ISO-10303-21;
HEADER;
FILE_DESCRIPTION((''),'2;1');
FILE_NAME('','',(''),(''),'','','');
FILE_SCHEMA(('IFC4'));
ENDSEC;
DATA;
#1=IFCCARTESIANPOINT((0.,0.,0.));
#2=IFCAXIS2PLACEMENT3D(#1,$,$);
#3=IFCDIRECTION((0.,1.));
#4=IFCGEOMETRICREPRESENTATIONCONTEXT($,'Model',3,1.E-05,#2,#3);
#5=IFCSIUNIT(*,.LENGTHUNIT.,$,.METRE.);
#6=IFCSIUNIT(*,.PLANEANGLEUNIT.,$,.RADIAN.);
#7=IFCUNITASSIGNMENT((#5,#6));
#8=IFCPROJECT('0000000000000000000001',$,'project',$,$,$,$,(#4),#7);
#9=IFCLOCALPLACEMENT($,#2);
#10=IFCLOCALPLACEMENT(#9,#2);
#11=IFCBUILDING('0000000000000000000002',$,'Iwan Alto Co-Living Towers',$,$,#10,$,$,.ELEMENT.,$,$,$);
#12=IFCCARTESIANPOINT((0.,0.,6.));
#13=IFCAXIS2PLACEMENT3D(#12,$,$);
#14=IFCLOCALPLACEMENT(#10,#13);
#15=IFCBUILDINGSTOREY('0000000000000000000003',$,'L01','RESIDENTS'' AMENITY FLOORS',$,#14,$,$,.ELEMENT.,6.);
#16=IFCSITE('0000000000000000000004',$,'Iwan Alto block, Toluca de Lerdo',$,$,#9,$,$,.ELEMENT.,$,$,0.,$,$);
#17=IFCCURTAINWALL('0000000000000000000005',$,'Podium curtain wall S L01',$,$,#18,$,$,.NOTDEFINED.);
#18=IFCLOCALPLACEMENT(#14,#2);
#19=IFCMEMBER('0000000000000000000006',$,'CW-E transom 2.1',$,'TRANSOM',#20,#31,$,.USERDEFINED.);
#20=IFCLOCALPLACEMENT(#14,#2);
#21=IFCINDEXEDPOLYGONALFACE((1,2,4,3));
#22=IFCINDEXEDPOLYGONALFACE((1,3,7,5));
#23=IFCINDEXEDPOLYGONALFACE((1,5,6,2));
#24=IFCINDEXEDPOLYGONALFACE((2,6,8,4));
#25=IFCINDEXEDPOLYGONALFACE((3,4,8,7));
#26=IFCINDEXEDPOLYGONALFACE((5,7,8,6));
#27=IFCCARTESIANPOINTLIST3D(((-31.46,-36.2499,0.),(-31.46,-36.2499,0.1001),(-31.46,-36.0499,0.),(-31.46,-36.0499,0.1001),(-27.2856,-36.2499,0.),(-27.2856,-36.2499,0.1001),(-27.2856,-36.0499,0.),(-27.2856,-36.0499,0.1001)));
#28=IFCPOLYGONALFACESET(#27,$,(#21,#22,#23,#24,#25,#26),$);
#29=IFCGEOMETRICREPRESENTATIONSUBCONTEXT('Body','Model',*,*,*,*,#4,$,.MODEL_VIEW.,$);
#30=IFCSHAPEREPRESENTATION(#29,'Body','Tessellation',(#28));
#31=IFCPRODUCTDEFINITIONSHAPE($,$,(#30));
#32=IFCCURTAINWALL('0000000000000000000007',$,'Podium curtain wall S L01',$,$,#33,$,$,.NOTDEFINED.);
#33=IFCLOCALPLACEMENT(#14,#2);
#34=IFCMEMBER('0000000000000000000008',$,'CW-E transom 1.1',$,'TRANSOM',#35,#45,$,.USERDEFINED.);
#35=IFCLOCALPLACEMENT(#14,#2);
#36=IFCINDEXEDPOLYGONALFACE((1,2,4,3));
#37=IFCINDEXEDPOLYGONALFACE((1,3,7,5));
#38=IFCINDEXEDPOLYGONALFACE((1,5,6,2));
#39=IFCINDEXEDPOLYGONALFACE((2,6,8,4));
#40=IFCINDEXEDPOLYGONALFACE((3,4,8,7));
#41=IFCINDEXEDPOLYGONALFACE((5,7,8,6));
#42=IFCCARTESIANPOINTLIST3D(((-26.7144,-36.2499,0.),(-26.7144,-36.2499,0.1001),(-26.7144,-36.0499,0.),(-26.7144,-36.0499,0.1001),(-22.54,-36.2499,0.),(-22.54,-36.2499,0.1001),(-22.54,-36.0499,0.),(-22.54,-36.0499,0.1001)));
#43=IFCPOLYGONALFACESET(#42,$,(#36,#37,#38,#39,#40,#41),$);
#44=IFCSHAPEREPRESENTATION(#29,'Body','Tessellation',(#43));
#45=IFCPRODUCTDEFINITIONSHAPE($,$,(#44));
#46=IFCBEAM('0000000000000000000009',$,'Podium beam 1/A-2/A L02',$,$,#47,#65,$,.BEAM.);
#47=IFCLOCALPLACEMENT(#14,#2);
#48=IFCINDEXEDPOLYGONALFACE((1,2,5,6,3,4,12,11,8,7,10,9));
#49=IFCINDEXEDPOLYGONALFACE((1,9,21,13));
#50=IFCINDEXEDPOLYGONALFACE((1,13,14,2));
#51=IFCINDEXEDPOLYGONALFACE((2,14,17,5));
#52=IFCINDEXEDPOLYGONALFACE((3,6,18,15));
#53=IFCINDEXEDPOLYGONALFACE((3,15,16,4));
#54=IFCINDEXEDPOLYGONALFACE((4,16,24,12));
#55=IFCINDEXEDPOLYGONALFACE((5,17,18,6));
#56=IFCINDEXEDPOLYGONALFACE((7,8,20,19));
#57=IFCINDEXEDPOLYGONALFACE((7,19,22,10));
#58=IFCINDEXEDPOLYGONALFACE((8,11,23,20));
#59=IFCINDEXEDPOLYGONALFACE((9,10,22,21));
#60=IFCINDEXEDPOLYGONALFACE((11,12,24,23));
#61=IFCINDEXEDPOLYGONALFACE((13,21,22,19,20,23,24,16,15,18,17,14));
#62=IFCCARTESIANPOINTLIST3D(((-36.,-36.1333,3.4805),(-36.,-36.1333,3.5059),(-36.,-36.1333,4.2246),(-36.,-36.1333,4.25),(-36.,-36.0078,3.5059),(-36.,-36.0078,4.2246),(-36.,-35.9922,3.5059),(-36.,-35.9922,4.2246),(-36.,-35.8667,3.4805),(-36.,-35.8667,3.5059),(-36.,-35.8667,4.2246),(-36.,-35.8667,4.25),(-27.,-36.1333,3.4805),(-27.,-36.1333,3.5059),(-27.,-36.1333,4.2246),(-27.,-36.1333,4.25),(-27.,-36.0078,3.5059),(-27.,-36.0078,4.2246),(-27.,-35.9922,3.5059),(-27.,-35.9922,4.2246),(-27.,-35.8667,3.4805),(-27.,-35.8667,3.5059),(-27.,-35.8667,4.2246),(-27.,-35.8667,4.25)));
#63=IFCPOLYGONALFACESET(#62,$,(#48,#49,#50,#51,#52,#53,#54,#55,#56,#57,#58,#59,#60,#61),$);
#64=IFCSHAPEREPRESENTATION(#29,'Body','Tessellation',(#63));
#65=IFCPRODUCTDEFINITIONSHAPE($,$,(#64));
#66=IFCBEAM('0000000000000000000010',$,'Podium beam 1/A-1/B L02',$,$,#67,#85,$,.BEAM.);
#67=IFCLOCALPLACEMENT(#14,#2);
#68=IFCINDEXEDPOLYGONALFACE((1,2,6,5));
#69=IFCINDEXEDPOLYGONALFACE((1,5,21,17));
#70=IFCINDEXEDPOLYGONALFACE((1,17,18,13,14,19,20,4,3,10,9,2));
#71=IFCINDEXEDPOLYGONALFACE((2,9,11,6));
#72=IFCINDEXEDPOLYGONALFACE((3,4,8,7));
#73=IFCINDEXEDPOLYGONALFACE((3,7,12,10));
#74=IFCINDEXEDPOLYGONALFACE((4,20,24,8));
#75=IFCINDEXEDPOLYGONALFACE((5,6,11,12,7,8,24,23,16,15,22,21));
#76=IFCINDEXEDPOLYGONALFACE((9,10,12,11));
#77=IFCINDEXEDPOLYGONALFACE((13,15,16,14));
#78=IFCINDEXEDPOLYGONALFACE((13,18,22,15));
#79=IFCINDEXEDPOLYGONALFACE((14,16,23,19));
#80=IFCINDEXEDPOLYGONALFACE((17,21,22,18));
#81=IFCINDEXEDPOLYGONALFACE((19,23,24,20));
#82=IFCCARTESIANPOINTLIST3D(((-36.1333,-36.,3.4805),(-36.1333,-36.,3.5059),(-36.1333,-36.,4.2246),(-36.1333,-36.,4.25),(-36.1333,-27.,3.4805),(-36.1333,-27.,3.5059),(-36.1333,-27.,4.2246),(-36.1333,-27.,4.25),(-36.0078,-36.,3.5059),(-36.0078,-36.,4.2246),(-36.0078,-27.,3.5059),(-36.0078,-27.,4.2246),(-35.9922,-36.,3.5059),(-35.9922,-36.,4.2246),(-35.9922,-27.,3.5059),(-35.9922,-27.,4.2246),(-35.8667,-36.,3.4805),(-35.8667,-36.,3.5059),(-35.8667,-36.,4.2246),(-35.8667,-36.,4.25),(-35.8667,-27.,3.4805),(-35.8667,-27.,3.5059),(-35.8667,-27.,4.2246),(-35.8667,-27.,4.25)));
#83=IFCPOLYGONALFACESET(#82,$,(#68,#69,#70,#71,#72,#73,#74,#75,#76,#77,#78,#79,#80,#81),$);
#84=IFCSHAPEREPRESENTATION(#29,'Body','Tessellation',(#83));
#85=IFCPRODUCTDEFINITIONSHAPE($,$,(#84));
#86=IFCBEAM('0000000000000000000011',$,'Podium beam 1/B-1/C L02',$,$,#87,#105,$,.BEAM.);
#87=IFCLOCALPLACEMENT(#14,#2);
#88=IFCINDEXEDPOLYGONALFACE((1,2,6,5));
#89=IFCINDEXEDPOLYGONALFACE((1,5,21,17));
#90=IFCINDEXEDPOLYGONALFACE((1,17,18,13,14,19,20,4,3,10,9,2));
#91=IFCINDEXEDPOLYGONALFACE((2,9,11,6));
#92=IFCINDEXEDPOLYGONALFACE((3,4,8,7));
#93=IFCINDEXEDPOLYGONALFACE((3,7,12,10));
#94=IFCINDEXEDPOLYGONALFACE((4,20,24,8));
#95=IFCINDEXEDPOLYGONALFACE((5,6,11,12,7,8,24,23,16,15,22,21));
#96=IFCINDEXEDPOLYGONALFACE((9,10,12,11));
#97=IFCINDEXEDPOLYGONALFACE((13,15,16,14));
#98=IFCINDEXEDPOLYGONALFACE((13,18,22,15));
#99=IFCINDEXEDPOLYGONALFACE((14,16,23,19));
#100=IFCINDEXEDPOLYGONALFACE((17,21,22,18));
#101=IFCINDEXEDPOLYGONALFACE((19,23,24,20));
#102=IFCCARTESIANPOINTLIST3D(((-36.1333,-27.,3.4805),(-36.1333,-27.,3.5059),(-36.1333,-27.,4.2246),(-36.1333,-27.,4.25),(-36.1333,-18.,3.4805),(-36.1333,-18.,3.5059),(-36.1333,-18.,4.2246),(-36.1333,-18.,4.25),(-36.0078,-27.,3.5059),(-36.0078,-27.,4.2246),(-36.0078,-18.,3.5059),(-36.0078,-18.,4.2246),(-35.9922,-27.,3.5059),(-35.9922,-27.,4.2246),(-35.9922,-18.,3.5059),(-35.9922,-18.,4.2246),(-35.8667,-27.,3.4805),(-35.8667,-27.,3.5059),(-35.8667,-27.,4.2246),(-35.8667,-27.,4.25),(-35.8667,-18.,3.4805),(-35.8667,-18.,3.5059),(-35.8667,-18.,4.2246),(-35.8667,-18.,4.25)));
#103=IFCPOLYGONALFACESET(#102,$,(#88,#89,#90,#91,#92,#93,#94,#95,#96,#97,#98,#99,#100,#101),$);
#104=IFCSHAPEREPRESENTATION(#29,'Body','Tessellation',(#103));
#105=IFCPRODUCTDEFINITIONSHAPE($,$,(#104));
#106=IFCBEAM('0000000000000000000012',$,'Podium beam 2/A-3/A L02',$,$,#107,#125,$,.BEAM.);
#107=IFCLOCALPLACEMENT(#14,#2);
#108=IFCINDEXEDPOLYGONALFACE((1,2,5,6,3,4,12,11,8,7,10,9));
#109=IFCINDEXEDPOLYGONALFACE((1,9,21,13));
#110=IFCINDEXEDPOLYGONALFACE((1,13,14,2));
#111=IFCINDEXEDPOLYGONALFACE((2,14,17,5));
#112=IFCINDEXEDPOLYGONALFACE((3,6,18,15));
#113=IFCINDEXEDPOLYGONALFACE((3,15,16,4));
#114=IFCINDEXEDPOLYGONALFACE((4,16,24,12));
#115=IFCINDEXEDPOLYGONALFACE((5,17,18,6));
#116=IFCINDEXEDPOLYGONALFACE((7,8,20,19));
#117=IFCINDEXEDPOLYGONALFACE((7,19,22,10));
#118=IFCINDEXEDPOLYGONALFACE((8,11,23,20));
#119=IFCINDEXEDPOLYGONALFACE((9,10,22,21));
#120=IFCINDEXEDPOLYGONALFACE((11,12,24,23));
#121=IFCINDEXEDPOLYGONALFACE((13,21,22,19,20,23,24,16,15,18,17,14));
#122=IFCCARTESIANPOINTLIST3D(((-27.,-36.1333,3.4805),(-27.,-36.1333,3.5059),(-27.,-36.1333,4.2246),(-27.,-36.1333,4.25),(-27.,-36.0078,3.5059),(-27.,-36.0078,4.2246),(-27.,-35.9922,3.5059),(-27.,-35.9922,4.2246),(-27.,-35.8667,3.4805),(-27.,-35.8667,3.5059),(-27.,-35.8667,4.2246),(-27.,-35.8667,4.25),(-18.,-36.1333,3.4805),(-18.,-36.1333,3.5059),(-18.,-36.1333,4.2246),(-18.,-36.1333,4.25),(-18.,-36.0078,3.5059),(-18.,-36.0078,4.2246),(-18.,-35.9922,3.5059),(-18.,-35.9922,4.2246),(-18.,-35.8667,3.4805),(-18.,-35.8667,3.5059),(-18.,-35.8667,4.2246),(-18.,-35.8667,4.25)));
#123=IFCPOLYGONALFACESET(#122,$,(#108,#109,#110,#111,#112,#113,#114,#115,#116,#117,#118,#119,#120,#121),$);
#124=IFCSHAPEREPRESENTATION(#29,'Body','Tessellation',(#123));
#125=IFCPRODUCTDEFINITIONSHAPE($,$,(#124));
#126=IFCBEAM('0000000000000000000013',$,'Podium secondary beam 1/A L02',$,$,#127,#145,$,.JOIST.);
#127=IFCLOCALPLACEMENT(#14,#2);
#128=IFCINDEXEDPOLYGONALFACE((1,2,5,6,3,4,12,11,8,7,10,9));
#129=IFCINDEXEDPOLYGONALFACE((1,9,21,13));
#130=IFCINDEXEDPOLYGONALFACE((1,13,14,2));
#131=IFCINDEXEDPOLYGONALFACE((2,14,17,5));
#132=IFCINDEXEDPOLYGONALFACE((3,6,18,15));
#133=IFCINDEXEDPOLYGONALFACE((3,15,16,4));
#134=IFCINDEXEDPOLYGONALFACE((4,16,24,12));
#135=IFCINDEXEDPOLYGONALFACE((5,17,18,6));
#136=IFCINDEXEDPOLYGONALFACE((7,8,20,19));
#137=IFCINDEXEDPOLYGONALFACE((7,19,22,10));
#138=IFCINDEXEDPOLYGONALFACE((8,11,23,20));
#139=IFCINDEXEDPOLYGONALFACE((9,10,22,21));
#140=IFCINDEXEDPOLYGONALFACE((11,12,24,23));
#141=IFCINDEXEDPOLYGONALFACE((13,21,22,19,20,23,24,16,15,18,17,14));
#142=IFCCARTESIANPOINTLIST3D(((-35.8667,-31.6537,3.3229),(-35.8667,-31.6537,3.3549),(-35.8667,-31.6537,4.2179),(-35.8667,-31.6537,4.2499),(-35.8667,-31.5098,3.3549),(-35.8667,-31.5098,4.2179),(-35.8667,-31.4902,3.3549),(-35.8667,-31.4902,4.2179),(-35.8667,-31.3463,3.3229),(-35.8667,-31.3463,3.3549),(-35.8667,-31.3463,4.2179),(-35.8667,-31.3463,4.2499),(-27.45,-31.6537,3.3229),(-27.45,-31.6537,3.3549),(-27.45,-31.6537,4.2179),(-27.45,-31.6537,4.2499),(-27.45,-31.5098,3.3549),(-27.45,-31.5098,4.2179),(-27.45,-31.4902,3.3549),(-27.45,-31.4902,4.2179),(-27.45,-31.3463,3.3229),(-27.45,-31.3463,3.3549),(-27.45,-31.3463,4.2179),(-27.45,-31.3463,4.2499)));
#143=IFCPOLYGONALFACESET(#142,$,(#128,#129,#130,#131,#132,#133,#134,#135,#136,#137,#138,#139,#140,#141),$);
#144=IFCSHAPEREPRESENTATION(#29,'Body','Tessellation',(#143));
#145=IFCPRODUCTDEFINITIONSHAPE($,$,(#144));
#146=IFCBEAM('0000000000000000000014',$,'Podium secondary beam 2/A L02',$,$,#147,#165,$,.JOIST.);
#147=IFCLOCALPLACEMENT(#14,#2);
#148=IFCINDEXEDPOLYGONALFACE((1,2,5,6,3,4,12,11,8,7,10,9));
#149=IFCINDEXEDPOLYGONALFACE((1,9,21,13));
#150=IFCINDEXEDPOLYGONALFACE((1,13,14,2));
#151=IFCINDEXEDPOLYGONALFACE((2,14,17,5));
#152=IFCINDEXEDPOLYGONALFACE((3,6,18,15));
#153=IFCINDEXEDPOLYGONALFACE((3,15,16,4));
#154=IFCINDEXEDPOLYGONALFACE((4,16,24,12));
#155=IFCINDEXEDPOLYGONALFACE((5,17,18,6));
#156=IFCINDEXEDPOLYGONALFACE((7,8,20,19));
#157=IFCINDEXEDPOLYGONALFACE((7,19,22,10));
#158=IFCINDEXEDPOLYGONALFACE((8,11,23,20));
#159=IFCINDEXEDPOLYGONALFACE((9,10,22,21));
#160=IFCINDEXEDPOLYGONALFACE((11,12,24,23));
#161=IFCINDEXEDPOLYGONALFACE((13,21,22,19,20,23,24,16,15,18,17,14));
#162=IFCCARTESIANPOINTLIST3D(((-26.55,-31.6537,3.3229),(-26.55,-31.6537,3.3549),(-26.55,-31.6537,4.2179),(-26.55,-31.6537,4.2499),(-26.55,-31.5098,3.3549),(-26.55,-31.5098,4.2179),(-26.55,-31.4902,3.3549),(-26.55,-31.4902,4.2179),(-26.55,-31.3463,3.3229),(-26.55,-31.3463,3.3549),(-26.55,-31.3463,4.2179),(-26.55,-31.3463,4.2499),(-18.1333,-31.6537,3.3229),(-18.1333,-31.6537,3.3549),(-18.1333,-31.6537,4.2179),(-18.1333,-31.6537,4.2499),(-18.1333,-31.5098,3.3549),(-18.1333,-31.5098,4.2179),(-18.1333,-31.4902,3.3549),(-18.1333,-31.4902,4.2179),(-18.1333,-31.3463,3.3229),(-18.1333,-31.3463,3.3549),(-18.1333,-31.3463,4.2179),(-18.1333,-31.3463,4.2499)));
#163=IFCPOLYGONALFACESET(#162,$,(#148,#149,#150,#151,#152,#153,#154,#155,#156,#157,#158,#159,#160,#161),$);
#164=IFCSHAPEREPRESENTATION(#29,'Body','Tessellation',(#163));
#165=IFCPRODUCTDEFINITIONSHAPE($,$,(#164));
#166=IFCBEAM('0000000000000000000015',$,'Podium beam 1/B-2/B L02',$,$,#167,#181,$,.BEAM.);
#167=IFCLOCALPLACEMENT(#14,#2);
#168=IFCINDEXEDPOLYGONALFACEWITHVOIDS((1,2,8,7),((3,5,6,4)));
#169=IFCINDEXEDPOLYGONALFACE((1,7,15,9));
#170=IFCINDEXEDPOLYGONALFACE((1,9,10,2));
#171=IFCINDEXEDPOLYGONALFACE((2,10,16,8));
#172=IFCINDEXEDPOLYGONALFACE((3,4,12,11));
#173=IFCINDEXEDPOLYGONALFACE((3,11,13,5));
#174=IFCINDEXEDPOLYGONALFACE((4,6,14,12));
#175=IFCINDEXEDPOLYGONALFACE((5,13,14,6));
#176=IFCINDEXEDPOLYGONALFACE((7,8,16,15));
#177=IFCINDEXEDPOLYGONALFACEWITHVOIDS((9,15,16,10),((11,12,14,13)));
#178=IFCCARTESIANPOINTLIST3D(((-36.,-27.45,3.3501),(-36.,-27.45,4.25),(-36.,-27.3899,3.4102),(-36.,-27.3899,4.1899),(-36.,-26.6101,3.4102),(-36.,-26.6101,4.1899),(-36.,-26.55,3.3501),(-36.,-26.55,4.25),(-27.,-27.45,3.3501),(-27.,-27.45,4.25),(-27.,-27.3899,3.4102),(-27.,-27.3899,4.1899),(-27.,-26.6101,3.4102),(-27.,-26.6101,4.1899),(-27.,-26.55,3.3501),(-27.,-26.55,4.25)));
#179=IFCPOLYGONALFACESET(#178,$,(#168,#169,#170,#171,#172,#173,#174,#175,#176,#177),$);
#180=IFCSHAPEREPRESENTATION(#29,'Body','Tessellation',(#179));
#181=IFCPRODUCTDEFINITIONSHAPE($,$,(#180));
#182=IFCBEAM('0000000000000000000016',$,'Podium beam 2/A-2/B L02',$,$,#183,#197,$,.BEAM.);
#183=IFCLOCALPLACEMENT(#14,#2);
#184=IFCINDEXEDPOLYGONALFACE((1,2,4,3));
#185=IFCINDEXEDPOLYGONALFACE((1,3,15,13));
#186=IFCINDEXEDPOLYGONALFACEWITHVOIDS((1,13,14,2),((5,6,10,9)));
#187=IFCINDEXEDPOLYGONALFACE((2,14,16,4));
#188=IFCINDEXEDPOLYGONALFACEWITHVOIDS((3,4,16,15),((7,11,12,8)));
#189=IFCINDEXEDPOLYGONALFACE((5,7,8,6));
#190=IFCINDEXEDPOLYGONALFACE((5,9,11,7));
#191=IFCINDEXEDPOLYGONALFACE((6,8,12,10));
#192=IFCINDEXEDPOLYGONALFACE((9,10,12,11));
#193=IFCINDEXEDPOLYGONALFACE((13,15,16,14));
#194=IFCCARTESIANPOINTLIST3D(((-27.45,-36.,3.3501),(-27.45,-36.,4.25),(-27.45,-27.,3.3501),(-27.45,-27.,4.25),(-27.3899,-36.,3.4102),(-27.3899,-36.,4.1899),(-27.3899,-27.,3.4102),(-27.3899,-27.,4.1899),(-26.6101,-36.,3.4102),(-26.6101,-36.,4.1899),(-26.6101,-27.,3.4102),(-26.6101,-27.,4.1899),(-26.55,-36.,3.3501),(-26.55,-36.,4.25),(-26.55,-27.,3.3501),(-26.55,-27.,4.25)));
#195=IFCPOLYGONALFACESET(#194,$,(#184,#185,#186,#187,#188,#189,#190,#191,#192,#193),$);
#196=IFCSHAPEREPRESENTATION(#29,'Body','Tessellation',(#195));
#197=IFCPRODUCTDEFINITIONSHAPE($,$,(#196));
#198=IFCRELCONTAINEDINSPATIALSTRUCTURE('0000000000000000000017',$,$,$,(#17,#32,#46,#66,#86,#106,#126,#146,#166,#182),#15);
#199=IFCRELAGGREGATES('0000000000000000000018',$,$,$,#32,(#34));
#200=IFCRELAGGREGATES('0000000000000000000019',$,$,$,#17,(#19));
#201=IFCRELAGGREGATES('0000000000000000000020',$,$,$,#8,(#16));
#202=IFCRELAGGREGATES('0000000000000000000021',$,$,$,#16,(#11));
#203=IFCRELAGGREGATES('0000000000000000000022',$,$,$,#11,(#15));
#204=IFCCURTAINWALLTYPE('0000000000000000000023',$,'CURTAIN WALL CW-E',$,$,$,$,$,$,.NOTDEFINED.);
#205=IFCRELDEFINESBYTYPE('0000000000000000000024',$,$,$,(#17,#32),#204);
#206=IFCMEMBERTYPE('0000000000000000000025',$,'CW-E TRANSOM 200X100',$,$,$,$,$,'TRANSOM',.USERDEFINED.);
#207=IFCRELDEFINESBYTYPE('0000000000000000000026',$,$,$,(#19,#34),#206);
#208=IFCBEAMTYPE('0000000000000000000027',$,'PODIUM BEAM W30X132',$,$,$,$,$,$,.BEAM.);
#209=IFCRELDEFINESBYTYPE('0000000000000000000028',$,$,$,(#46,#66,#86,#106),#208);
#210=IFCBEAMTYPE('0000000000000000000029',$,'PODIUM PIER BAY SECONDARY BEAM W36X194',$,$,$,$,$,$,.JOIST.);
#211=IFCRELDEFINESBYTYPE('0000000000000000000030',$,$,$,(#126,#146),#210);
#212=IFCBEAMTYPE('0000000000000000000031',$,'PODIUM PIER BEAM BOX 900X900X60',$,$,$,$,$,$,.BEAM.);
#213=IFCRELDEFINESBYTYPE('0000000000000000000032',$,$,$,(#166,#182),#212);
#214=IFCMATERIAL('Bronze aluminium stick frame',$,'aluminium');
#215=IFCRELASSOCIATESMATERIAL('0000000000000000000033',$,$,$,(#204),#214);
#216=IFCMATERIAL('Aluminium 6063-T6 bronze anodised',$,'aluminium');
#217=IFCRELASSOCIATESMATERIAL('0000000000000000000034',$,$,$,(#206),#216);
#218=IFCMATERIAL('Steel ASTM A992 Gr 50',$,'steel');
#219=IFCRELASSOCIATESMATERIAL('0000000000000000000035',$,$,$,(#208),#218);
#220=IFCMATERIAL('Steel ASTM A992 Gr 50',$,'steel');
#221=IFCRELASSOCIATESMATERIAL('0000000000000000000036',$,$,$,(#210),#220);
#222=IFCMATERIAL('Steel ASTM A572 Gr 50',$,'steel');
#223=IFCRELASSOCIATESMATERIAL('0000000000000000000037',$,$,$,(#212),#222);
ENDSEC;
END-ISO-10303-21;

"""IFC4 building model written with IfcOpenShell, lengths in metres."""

from ifc_helpers import new_model, si_unit, direction, frame, origin, origin_2d, place, context, subcontext, project, spatial, rectangle, hollow_rectangle, i_section, extrude, material, material_profile, profile_set, type_object, element, aggregate, save


model = new_model("IFC4")

# Units and contexts
model_context = context("Model", 3, precision=1e-05, world=origin(), true_north=direction((0.0, 1.0)))
body_context = subcontext(model_context, "Body", "Model", "MODEL_VIEW")
ifc_project = project(units=[si_unit("LENGTHUNIT", "METRE"), si_unit("PLANEANGLEUNIT", "RADIAN")], contexts=[model_context])

# Site, building, storey
site_placement = place(None, origin())
site = spatial("IfcSite", under=ifc_project, at=site_placement, Name="Iwan Alto block, Toluca de Lerdo", CompositionType="ELEMENT", RefElevation=0.0)
building_placement = place(site_placement, origin())
building = spatial("IfcBuilding", under=site, at=building_placement, Name="Iwan Alto Co-Living Towers", CompositionType="ELEMENT")
storey_placement = place(building_placement, frame((0.0, 0.0, 6.0)))
storey = spatial("IfcBuildingStorey", under=building, at=storey_placement, Name="L01", Description="RESIDENTS' AMENITY FLOORS", CompositionType="ELEMENT", Elevation=6.0)

# Curtain walls, members
ifc_material_1 = material(Name="Bronze aluminium stick frame", Category="aluminium")
curtain_wall_type = type_object("IfcCurtainWallType", Name="CURTAIN WALL CW-E", PredefinedType="NOTDEFINED", material=ifc_material_1)
curtain_wall_1_placement = place(storey_placement, origin())
curtain_wall_1 = element("IfcCurtainWall", 1, at=curtain_wall_1_placement, inside=storey, type_object=curtain_wall_type, Name="Podium curtain wall S L01", PredefinedType="NOTDEFINED")
ifc_material_2 = material(Name="Aluminium 6063-T6 bronze anodised", Category="aluminium")
ifc_material_profile_1 = material_profile(ifc_material_2, rectangle(XDim=0.2, YDim=0.1001, at=origin_2d()), Name="AL 200X100")
ifc_profile_set_1 = profile_set([ifc_material_profile_1], Name="Aluminium 6063-T6 bronze anodised")
member_type = type_object("IfcMemberType", Name="CW-E TRANSOM 200X100", ElementType="TRANSOM", PredefinedType="USERDEFINED", material=ifc_profile_set_1)
member_1_placement = place(storey_placement, frame((-31.46, -36.1499, 0.05), z_axis=(1.0, 0.0, 0.0), x_axis=(0.0, 1.0, 0.0)))
member_1 = element("IfcMember", 2, at=member_1_placement, type_object=member_type, Name="CW-E transom 2.1", ObjectType="TRANSOM", PredefinedType="USERDEFINED", context=body_context, shape_type="SweptSolid", body=[
    extrude(rectangle(XDim=0.2, YDim=0.1001, at=origin_2d()), origin(), (0.0, 0.0, 1.0), 4.1743),
])
curtain_wall_2_placement = place(storey_placement, origin())
curtain_wall_2 = element("IfcCurtainWall", 3, at=curtain_wall_2_placement, inside=storey, type_object=curtain_wall_type, Name="Podium curtain wall S L01", PredefinedType="NOTDEFINED")
member_2_placement = place(storey_placement, frame((-26.7144, -36.1499, 0.05), z_axis=(1.0, 0.0, 0.0), x_axis=(0.0, 1.0, 0.0)))
member_2 = element("IfcMember", 4, at=member_2_placement, type_object=member_type, Name="CW-E transom 1.1", ObjectType="TRANSOM", PredefinedType="USERDEFINED", context=body_context, shape_type="SweptSolid", body=[
    extrude(rectangle(XDim=0.2, YDim=0.1001, at=origin_2d()), origin(), (0.0, 0.0, 1.0), 4.1743),
])
aggregate(curtain_wall_2, [member_2])

# Beams
ifc_material_3 = material(Name="Steel ASTM A992 Gr 50", Category="steel")
ifc_material_profile_2 = material_profile(ifc_material_3, i_section(OverallWidth=0.2666, OverallDepth=0.7695, WebThickness=0.0156, FlangeThickness=0.0254, at=origin_2d()), Name="W30X132")
ifc_profile_set_2 = profile_set([ifc_material_profile_2], Name="Steel ASTM A992 Gr 50")
beam_type_1 = type_object("IfcBeamType", Name="PODIUM BEAM W30X132", PredefinedType="BEAM", material=ifc_profile_set_2)
for number, where, z_axis, x_axis, name in (
    (5, (-36.0, -36.0, 3.8652), (1.0, 0.0, 0.0), (0.0, 1.0, 0.0), "Podium beam 1/A-2/A L02"),
    (6, (-36.0, -36.0, 3.8652), (0.0, 1.0, 0.0), (-1.0, 0.0, 0.0), "Podium beam 1/A-1/B L02"),
    (7, (-36.0, -27.0, 3.8652), (0.0, 1.0, 0.0), (-1.0, 0.0, 0.0), "Podium beam 1/B-1/C L02"),
    (8, (-27.0, -36.0, 3.8652), (1.0, 0.0, 0.0), (0.0, 1.0, 0.0), "Podium beam 2/A-3/A L02"),
):
    element("IfcBeam", number, at=place(storey_placement, frame(where, z_axis=z_axis, x_axis=x_axis)), inside=storey, type_object=beam_type_1, Name=name, PredefinedType="BEAM", context=body_context, shape_type="SweptSolid", body=[
        extrude(i_section(OverallWidth=0.2666, OverallDepth=0.7695, WebThickness=0.0156, FlangeThickness=0.0254, at=origin_2d()), origin(), (0.0, 0.0, 1.0), 9.0),
    ])
ifc_material_4 = material(Name="Steel ASTM A992 Gr 50", Category="steel")
ifc_material_profile_3 = material_profile(ifc_material_4, i_section(OverallWidth=0.3074, OverallDepth=0.927, WebThickness=0.0195, FlangeThickness=0.032, at=origin_2d()), Name="W36X194")
ifc_profile_set_3 = profile_set([ifc_material_profile_3], Name="Steel ASTM A992 Gr 50")
beam_type_2 = type_object("IfcBeamType", Name="PODIUM PIER BAY SECONDARY BEAM W36X194", PredefinedType="JOIST", material=ifc_profile_set_3)
for number, where, z_axis, x_axis, name in (
    (9, (-35.8667, -31.5, 3.7864), (1.0, 0.0, 0.0), (0.0, 1.0, 0.0), "Podium secondary beam 1/A L02"),
    (10, (-26.55, -31.5, 3.7864), (1.0, 0.0, 0.0), (0.0, 1.0, 0.0), "Podium secondary beam 2/A L02"),
):
    element("IfcBeam", number, at=place(storey_placement, frame(where, z_axis=z_axis, x_axis=x_axis)), inside=storey, type_object=beam_type_2, Name=name, PredefinedType="JOIST", context=body_context, shape_type="SweptSolid", body=[
        extrude(i_section(OverallWidth=0.3074, OverallDepth=0.927, WebThickness=0.0195, FlangeThickness=0.032, at=origin_2d()), origin(), (0.0, 0.0, 1.0), 8.4167),
    ])
ifc_material_5 = material(Name="Steel ASTM A572 Gr 50", Category="steel")
ifc_material_profile_4 = material_profile(ifc_material_5, hollow_rectangle(XDim=0.8999, YDim=0.8999, WallThickness=0.0601, at=origin_2d()), Name="BOX 900X900X60")
ifc_profile_set_4 = profile_set([ifc_material_profile_4], Name="Steel ASTM A572 Gr 50")
beam_type_3 = type_object("IfcBeamType", Name="PODIUM PIER BEAM BOX 900X900X60", PredefinedType="BEAM", material=ifc_profile_set_4)
for number, where, z_axis, x_axis, name in (
    (11, (-36.0, -27.0, 3.8), (1.0, 0.0, 0.0), (0.0, 1.0, 0.0), "Podium beam 1/B-2/B L02"),
    (12, (-27.0, -36.0, 3.8), (0.0, 1.0, 0.0), (-1.0, 0.0, 0.0), "Podium beam 2/A-2/B L02"),
):
    element("IfcBeam", number, at=place(storey_placement, frame(where, z_axis=z_axis, x_axis=x_axis)), inside=storey, type_object=beam_type_3, Name=name, PredefinedType="BEAM", context=body_context, shape_type="SweptSolid", body=[
        extrude(hollow_rectangle(XDim=0.8999, YDim=0.8999, WallThickness=0.0601, at=origin_2d()), origin(), (0.0, 0.0, 1.0), 9.0),
    ])

aggregate(curtain_wall_1, [member_1])

save(model, "model.ifc")
